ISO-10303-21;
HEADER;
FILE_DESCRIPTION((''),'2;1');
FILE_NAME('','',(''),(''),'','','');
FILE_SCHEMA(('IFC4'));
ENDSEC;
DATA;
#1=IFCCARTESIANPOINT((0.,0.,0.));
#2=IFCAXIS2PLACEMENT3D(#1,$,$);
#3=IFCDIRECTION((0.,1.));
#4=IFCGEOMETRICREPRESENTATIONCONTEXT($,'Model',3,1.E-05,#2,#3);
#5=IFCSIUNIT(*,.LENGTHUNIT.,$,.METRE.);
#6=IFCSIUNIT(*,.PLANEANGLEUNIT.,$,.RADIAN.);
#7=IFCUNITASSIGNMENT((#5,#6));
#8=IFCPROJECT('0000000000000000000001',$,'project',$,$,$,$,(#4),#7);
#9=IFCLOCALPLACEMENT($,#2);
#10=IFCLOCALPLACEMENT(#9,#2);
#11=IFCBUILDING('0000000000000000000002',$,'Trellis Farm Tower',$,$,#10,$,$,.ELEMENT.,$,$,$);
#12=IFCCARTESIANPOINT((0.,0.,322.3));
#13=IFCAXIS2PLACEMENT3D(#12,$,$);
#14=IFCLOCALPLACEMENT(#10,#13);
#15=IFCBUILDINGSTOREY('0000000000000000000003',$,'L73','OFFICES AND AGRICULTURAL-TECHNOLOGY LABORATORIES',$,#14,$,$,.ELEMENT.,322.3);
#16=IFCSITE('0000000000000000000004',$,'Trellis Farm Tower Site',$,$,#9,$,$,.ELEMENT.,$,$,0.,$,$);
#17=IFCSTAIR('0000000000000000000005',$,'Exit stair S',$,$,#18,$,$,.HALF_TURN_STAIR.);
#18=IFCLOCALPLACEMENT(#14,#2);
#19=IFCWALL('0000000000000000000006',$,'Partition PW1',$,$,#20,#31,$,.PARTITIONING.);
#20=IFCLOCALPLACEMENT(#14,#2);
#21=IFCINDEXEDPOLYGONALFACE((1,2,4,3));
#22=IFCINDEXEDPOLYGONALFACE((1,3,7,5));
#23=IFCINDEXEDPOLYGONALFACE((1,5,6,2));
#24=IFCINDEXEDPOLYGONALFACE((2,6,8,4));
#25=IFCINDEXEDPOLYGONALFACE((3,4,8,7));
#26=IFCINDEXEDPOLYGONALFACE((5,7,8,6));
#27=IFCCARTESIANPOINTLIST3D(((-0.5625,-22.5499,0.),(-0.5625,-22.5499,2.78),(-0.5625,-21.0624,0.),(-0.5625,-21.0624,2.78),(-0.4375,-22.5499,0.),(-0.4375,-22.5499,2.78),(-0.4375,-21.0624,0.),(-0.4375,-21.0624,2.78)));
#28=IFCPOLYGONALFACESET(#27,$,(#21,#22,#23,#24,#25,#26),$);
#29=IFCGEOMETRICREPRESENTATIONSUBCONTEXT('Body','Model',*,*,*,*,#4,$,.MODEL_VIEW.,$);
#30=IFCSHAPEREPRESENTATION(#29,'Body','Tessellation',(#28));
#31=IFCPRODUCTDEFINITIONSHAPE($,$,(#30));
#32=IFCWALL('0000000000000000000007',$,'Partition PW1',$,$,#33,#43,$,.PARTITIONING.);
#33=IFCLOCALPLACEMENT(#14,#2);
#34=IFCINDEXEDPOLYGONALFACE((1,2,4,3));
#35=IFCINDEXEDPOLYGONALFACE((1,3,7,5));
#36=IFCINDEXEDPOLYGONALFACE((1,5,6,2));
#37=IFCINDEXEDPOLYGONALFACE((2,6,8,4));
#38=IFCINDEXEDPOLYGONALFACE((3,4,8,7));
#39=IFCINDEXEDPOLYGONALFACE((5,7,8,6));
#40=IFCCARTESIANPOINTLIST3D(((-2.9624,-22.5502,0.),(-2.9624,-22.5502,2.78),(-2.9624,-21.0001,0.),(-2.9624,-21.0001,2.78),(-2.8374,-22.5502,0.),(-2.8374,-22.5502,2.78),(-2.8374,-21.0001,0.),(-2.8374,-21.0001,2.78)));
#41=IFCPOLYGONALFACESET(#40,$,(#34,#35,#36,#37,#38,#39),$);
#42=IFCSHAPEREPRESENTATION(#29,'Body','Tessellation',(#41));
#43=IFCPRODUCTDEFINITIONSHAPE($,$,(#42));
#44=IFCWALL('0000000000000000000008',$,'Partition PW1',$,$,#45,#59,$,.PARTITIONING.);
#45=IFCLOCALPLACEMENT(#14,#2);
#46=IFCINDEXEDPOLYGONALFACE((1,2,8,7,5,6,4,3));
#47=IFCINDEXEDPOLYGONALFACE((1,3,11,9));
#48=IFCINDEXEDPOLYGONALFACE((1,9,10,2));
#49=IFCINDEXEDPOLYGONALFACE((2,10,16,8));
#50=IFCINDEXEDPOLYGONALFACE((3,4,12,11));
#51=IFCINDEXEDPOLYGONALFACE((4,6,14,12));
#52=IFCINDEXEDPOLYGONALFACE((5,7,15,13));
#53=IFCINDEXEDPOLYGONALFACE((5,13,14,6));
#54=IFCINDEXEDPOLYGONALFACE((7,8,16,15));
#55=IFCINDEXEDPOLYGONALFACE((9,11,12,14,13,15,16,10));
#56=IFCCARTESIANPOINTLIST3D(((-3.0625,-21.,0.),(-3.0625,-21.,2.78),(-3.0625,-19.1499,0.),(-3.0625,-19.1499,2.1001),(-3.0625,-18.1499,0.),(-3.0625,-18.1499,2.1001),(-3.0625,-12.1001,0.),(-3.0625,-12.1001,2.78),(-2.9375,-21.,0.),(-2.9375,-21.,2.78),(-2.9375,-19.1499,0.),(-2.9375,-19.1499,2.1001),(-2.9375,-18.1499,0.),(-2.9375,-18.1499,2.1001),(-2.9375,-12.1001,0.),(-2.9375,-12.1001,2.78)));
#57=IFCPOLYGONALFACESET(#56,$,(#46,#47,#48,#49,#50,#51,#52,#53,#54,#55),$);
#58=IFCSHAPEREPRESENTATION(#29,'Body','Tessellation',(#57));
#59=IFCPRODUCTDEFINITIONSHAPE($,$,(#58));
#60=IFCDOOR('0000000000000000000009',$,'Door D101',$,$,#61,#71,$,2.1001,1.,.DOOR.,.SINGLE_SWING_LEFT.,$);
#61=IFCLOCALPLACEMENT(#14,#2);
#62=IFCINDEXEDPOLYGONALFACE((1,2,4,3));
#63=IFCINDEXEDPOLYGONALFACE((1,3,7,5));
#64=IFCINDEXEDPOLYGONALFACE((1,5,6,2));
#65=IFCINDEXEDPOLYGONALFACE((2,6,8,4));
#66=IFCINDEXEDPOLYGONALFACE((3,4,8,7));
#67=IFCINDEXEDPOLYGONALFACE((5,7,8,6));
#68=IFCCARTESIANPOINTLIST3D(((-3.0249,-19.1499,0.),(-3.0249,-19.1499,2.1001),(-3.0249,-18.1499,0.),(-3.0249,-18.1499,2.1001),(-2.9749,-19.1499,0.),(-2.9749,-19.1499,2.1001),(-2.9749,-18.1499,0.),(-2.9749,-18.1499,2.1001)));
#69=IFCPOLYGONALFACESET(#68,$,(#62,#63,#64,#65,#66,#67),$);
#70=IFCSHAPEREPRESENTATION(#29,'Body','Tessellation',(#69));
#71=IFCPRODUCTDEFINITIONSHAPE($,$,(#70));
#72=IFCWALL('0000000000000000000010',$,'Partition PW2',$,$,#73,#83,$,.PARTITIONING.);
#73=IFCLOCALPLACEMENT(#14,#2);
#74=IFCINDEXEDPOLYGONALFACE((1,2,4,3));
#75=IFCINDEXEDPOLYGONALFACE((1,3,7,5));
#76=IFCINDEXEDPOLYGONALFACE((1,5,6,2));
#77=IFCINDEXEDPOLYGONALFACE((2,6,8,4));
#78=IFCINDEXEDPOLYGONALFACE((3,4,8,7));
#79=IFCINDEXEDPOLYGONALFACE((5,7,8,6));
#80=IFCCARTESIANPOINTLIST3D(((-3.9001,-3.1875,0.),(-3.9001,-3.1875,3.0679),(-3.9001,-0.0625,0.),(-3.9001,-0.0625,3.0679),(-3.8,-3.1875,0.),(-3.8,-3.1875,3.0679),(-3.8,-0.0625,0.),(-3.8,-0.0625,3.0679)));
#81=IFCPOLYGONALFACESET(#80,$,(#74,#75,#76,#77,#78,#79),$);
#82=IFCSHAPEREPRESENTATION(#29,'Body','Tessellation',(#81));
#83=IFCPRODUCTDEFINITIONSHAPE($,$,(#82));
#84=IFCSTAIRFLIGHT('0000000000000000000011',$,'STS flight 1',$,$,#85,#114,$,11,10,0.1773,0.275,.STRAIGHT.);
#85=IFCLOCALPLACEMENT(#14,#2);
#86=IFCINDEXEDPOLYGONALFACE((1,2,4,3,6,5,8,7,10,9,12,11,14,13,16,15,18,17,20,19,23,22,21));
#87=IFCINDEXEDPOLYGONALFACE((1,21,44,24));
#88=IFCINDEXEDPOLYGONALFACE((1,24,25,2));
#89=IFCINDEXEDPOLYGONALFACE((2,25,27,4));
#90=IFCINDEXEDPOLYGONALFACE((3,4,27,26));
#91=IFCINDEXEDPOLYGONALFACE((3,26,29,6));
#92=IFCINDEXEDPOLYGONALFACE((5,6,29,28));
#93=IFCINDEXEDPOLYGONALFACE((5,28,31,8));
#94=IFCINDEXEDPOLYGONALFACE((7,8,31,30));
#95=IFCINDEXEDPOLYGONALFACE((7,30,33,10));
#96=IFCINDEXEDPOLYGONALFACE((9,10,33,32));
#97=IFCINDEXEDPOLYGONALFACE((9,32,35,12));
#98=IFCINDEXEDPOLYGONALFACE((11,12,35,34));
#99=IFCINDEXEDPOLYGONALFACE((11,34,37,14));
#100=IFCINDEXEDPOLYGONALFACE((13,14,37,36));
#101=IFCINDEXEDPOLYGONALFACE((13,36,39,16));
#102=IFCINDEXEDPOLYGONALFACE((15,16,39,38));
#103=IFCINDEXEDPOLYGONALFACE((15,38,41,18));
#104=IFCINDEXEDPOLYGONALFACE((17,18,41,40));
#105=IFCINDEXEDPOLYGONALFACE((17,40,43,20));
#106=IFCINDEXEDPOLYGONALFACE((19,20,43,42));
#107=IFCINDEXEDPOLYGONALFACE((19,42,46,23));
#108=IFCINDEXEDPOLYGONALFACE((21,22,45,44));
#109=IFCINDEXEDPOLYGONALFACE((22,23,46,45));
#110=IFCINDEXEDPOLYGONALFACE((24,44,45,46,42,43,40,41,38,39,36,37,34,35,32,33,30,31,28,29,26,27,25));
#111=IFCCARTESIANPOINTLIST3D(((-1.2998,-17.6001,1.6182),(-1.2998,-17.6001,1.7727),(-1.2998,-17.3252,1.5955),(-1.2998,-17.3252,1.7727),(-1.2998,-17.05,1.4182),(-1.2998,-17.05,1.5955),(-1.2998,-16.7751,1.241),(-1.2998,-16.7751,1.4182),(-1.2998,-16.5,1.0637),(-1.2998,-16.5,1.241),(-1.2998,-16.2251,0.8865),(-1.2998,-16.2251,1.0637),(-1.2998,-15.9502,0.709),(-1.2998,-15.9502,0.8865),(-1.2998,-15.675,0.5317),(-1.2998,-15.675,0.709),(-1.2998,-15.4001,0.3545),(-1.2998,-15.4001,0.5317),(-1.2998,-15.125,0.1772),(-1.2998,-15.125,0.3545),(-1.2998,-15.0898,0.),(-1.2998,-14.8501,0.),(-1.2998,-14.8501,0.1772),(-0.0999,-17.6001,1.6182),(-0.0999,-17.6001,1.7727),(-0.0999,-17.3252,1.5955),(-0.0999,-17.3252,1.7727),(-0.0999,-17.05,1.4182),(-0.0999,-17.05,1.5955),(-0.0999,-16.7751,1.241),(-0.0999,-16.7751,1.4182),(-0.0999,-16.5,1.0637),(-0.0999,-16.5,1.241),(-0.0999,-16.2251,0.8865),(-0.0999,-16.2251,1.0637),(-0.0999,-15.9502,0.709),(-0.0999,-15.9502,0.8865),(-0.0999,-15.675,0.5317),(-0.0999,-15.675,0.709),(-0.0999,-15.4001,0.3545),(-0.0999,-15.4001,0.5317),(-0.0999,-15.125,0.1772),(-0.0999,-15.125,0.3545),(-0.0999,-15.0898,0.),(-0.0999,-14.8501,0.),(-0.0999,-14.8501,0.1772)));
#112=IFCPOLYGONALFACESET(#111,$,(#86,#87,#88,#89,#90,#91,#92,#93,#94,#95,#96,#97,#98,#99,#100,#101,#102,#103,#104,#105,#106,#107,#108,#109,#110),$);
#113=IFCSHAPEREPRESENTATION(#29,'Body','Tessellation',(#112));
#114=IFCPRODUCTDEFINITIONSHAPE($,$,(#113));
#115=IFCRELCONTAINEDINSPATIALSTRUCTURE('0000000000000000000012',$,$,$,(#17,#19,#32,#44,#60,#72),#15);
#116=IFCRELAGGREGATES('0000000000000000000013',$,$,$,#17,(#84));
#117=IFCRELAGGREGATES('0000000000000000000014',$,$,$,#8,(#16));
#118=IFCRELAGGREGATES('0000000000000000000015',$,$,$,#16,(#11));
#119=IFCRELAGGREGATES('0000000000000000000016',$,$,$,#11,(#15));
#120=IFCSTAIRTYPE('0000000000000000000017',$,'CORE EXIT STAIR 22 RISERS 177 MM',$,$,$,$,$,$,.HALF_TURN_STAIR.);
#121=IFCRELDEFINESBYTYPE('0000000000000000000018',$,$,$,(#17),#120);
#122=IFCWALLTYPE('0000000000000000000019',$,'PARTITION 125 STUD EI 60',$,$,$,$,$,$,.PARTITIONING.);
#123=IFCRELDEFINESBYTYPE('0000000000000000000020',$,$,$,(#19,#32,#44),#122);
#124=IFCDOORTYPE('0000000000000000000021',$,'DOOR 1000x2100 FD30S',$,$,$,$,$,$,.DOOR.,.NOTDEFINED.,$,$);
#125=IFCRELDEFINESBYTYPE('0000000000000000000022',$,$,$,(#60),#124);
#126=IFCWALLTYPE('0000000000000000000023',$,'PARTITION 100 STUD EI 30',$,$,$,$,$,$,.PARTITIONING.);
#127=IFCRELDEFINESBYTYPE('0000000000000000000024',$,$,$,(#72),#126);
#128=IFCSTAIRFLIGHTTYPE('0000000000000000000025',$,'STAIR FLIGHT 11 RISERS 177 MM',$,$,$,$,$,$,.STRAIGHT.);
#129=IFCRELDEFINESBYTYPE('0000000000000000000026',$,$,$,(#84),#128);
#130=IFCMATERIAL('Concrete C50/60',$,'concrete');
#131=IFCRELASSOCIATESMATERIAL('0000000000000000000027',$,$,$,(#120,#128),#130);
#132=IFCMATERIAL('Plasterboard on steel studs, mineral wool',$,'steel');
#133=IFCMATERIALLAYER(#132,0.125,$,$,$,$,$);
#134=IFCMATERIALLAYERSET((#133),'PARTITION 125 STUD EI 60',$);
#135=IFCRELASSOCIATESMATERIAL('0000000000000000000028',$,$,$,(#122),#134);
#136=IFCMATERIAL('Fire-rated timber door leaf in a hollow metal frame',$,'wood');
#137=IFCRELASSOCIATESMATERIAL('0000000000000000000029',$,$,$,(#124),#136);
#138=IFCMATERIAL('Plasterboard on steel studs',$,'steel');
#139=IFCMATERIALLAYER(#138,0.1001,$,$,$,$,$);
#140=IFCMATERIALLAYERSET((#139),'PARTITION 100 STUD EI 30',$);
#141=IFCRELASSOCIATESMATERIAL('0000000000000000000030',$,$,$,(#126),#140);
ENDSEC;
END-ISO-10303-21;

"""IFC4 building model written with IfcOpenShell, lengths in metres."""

from ifc_helpers import new_model, si_unit, direction, frame, frame_2d, origin, place, context, subcontext, project, spatial, polyline, rectangle, outline, extrude, source, transform, mapped, material, layer, layer_set, type_object, element, fill, aggregate, save


model = new_model("IFC4")

# Units and contexts
model_context = context("Model", 3, precision=1e-05, world=origin(), true_north=direction((0.0, 1.0)))
body_context = subcontext(model_context, "Body", "Model", "MODEL_VIEW")
ifc_project = project(units=[si_unit("LENGTHUNIT", "METRE"), si_unit("PLANEANGLEUNIT", "RADIAN")], contexts=[model_context])

# Site, building, storey
site_placement = place(None, origin())
site = spatial("IfcSite", under=ifc_project, at=site_placement, Name="Trellis Farm Tower Site", CompositionType="ELEMENT", RefElevation=0.0)
building_placement = place(site_placement, origin())
building = spatial("IfcBuilding", under=site, at=building_placement, Name="Trellis Farm Tower", CompositionType="ELEMENT")
storey_placement = place(building_placement, frame((0.0, 0.0, 322.3)))
storey = spatial("IfcBuildingStorey", under=building, at=storey_placement, Name="L73", Description="OFFICES AND AGRICULTURAL-TECHNOLOGY LABORATORIES", CompositionType="ELEMENT", Elevation=322.3)

# Shared definitions
placement_1 = place(storey_placement, origin())

# Stair
ifc_material_1 = material(Name="Concrete C50/60", Category="concrete")
stair_type = type_object("IfcStairType", Name="CORE EXIT STAIR 22 RISERS 177 MM", PredefinedType="HALF_TURN_STAIR", material=ifc_material_1)
stair_1 = element("IfcStair", 1, at=placement_1, inside=storey, type_object=stair_type, Name="Exit stair S", PredefinedType="HALF_TURN_STAIR")

# Shared definitions
ifc_material_2 = material(Name="Plasterboard on steel studs, mineral wool", Category="steel")
ifc_layer_1 = layer(ifc_material_2, 0.125)
ifc_layer_set_1 = layer_set([ifc_layer_1], Name="PARTITION 125 STUD EI 60")
wall_type_1 = type_object("IfcWallType", Name="PARTITION 125 STUD EI 60", PredefinedType="PARTITIONING", material=ifc_layer_set_1)

# Shared definitions
shared_shape_1 = source(origin(), body_context, "Body", "SweptSolid", [
    extrude(rectangle(XDim=1.0, YDim=2.1001, at=frame_2d((0.5, 1.05))), frame((0.0, 0.0725, 0.0), z_axis=(0.0, -1.0, 0.0), x_axis=(1.0, 0.0, 0.0)), (0.0, 0.0, 1.0), 0.145),
])
ifc_material_3 = material(Name="Fire-rated timber door leaf in a hollow metal frame", Category="wood")
door_type = type_object("IfcDoorType", Name="DOOR 1000x2100 FD30S", OperationType="NOTDEFINED", PredefinedType="DOOR", material=ifc_material_3)
shared_shape_2 = source(origin(), body_context, "Body", "SweptSolid", [
    extrude(rectangle(XDim=1.0, YDim=2.1001, at=frame_2d((0.5, 1.05))), frame((0.0, 0.0249, 0.0), z_axis=(0.0, -1.0, 0.0), x_axis=(1.0, 0.0, 0.0)), (0.0, 0.0, 1.0), 0.05),
])

# Walls
shared_shape_3 = source(origin(), body_context, "Body", "SweptSolid", [
    extrude(rectangle(XDim=1.4875, YDim=0.125, at=frame_2d((0.7437, 0.0))), origin(), (0.0, 0.0, 1.0), 2.78),
])
wall_1_placement = place(storey_placement, frame((-0.5, -21.0625, 0.0), z_axis=(0.0, 0.0, 1.0), x_axis=(0.0, -1.0, 0.0)))
element("IfcWall", 2, at=wall_1_placement, inside=storey, type_object=wall_type_1, Name="Partition PW1", PredefinedType="PARTITIONING", context=body_context, shape_type="MappedRepresentation", body=[
    mapped(shared_shape_3, transform((0.0, 0.0, 0.0))),
])
shared_shape_4 = source(origin(), body_context, "Body", "SweptSolid", [
    extrude(rectangle(XDim=1.55, YDim=0.125, at=frame_2d((0.7749, 0.0))), origin(), (0.0, 0.0, 1.0), 2.78),
])
wall_2_placement = place(storey_placement, frame((-2.8999, -22.55, 0.0), z_axis=(0.0, 0.0, 1.0), x_axis=(0.0, 1.0, 0.0)))
element("IfcWall", 3, at=wall_2_placement, inside=storey, type_object=wall_type_1, Name="Partition PW1", PredefinedType="PARTITIONING", context=body_context, shape_type="MappedRepresentation", body=[
    mapped(shared_shape_4, transform((0.0, 0.0, 0.0))),
])

# Wall, opening, door
shared_shape_5 = source(origin(), body_context, "Body", "SweptSolid", [
    extrude(rectangle(XDim=8.8999, YDim=0.125, at=frame_2d((4.45, 0.0))), origin(), (0.0, 0.0, 1.0), 2.78),
])
wall_3_placement = place(storey_placement, frame((-3.0, -21.0, 0.0), z_axis=(0.0, 0.0, 1.0), x_axis=(0.0, 1.0, 0.0)))
wall_3 = element("IfcWall", 4, at=wall_3_placement, inside=storey, type_object=wall_type_1, Name="Partition PW1", PredefinedType="PARTITIONING", context=body_context, shape_type="MappedRepresentation", body=[
    mapped(shared_shape_5, transform((0.0, 0.0, 0.0))),
])
opening_1_placement = place(wall_3_placement, frame((1.8501, 0.0, 0.0)))
opening_1 = element("IfcOpeningElement", 5, at=opening_1_placement, cuts=wall_3, PredefinedType="OPENING", context=body_context, shape_type="MappedRepresentation", body=[
    mapped(shared_shape_1, transform((0.0, 0.0, 0.0))),
])
door_1_placement = place(opening_1_placement, origin())
door_1 = element("IfcDoor", 6, at=door_1_placement, inside=storey, type_object=door_type, Name="Door D101", OperationType="SINGLE_SWING_LEFT", OverallHeight=2.1001, OverallWidth=1.0, PredefinedType="DOOR", context=body_context, shape_type="MappedRepresentation", body=[
    mapped(shared_shape_2, transform((0.0, 0.0, 0.0))),
])
fill(opening_1, door_1)

# Wall
ifc_material_4 = material(Name="Plasterboard on steel studs", Category="steel")
ifc_layer_2 = layer(ifc_material_4, 0.1001)
ifc_layer_set_2 = layer_set([ifc_layer_2], Name="PARTITION 100 STUD EI 30")
wall_type_2 = type_object("IfcWallType", Name="PARTITION 100 STUD EI 30", PredefinedType="PARTITIONING", material=ifc_layer_set_2)
shared_shape_6 = source(origin(), body_context, "Body", "SweptSolid", [
    extrude(rectangle(XDim=3.125, YDim=0.1001, at=frame_2d((1.5625, 0.0))), origin(), (0.0, 0.0, 1.0), 3.0679),
])
wall_4_placement = place(storey_placement, frame((-3.8501, -3.1875, 0.0), z_axis=(0.0, 0.0, 1.0), x_axis=(0.0, 1.0, 0.0)))
element("IfcWall", 7, at=wall_4_placement, inside=storey, type_object=wall_type_2, Name="Partition PW2", PredefinedType="PARTITIONING", context=body_context, shape_type="MappedRepresentation", body=[
    mapped(shared_shape_6, transform((0.0, 0.0, 0.0))),
])

# Stair flight
stair_flight_type = type_object("IfcStairFlightType", Name="STAIR FLIGHT 11 RISERS 177 MM", PredefinedType="STRAIGHT", material=ifc_material_1)
shared_shape_7 = source(origin(), body_context, "Body", "SweptSolid", [
    extrude(outline(polyline([(0.0, 0.0), (0.0, 0.1772), (0.2749, 0.1772), (0.2749, 0.3545), (0.55, 0.3545), (0.55, 0.5317), (0.825, 0.5317), (0.825, 0.709), (1.1001, 0.709), (1.1001, 0.8865), (1.375, 0.8865), (1.375, 1.0637), (1.6499, 1.0637), (1.6499, 1.241), (1.925, 1.241), (1.925, 1.4182), (2.2, 1.4182), (2.2, 1.5955), (2.4751, 1.5955), (2.4751, 1.7727), (2.75, 1.7727), (2.75, 1.95), (2.75, 1.6182), (0.2397, 0.0), (0.0, 0.0)])), frame((0.0, 0.6001, 0.0), z_axis=(0.0, -1.0, 0.0), x_axis=(1.0, 0.0, 0.0)), (0.0, 0.0, 1.0), 1.2),
])
stair_flight_placement = place(storey_placement, frame((-0.7, -14.8501, 0.0), z_axis=(0.0, 0.0, 1.0), x_axis=(0.0, -1.0, 0.0)))
stair_flight = element("IfcStairFlight", 8, at=stair_flight_placement, type_object=stair_flight_type, Name="STS flight 1", NumberOfRisers=11, NumberOfTreads=10, PredefinedType="STRAIGHT", RiserHeight=0.1773, TreadLength=0.275, context=body_context, shape_type="MappedRepresentation", body=[
    mapped(shared_shape_7, transform((0.0, 0.0, 0.0))),
])
aggregate(stair_1, [stair_flight])

save(model, "model.ifc")
